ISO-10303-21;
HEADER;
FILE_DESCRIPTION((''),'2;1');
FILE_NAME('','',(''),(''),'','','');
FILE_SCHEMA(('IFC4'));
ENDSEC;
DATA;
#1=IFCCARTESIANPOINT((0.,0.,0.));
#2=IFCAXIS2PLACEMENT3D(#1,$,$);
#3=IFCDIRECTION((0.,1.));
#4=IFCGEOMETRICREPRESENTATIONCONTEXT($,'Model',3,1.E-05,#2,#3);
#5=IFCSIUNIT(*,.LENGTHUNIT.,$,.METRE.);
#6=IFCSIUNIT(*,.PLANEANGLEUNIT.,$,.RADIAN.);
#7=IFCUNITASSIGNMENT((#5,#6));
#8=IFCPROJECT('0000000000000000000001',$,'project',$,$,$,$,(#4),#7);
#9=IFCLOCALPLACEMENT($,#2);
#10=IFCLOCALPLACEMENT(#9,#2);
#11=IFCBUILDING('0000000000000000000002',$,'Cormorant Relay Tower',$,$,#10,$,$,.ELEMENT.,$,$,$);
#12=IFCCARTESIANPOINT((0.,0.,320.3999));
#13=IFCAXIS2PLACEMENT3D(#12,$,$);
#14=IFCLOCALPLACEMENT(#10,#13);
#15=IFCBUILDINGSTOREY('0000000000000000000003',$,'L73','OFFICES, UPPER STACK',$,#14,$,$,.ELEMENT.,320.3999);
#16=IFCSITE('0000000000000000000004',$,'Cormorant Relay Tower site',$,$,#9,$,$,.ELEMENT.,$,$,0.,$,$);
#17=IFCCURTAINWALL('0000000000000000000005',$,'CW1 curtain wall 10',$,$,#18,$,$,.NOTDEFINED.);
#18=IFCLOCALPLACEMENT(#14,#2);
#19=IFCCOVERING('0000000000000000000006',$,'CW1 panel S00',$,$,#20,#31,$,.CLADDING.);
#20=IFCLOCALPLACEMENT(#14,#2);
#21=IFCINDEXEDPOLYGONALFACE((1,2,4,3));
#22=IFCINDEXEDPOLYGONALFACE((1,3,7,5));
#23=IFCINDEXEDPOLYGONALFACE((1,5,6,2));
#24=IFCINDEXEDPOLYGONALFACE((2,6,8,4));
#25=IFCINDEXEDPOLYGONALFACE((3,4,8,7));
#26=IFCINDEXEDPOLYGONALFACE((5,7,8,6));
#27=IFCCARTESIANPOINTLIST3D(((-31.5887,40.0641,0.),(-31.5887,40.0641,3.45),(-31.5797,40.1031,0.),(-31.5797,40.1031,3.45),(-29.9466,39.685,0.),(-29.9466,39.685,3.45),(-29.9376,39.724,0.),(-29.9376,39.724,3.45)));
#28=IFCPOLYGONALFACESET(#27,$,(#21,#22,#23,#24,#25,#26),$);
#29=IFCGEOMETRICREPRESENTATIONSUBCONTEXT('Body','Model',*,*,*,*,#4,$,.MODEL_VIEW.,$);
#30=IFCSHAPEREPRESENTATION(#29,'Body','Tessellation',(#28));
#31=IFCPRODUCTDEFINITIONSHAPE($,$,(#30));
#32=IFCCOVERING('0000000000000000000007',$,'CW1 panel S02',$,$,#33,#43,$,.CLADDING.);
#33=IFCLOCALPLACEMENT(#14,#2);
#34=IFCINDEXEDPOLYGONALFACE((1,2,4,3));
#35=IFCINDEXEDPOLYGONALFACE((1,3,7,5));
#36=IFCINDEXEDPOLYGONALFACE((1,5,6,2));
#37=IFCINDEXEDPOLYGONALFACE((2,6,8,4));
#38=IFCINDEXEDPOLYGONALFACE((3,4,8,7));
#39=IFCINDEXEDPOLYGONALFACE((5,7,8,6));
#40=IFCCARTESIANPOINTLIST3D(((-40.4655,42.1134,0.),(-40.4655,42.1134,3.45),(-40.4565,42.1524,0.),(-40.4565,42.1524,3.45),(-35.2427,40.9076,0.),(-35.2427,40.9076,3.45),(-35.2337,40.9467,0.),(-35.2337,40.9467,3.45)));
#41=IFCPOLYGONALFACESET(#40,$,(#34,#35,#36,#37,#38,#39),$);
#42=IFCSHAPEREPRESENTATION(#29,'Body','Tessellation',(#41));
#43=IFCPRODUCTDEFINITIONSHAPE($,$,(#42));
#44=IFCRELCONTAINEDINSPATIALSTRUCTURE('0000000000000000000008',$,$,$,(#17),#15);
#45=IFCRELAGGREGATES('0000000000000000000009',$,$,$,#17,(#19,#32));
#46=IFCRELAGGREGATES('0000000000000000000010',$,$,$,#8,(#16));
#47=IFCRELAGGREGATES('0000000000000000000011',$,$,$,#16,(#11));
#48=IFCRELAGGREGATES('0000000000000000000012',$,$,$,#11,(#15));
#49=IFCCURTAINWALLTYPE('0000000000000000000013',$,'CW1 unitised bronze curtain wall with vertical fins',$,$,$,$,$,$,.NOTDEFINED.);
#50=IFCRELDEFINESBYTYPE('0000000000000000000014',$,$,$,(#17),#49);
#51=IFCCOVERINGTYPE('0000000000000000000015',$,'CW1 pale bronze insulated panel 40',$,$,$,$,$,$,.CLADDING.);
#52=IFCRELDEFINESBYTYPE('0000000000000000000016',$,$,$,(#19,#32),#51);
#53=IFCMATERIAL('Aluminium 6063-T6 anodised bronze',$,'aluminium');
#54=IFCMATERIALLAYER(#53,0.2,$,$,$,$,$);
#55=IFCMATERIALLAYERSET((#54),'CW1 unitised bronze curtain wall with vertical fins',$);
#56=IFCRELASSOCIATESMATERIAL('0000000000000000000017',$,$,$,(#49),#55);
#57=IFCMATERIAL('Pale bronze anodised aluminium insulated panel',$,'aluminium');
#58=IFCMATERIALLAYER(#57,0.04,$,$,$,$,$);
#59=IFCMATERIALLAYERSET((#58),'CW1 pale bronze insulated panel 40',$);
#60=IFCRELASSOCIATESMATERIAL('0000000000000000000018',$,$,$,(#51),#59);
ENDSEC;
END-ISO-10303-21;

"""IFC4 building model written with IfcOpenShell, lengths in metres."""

from ifc_helpers import new_model, si_unit, direction, frame, origin, origin_2d, place, context, subcontext, project, spatial, rectangle, extrude, material, layer, layer_set, type_object, element, aggregate, save


model = new_model("IFC4")

# Units and contexts
model_context = context("Model", 3, precision=1e-05, world=origin(), true_north=direction((0.0, 1.0)))
body_context = subcontext(model_context, "Body", "Model", "MODEL_VIEW")
ifc_project = project(units=[si_unit("LENGTHUNIT", "METRE"), si_unit("PLANEANGLEUNIT", "RADIAN")], contexts=[model_context])

# Site, building, storey
site_placement = place(None, origin())
site = spatial("IfcSite", under=ifc_project, at=site_placement, Name="Cormorant Relay Tower site", CompositionType="ELEMENT", RefElevation=0.0)
building_placement = place(site_placement, origin())
building = spatial("IfcBuilding", under=site, at=building_placement, Name="Cormorant Relay Tower", CompositionType="ELEMENT")
storey_placement = place(building_placement, frame((0.0, 0.0, 320.3999)))
storey = spatial("IfcBuildingStorey", under=building, at=storey_placement, Name="L73", Description="OFFICES, UPPER STACK", CompositionType="ELEMENT", Elevation=320.3999)

# Shared definitions
ifc_material_1 = material(Name="Aluminium 6063-T6 anodised bronze", Category="aluminium")
ifc_layer_1 = layer(ifc_material_1, 0.2)
ifc_layer_set_1 = layer_set([ifc_layer_1], Name="CW1 unitised bronze curtain wall with vertical fins")
curtain_wall_type = type_object("IfcCurtainWallType", Name="CW1 unitised bronze curtain wall with vertical fins", PredefinedType="NOTDEFINED", material=ifc_layer_set_1)

# Curtain wall
curtain_wall_1_placement = place(storey_placement, origin())
curtain_wall_1 = element("IfcCurtainWall", 1, at=curtain_wall_1_placement, inside=storey, type_object=curtain_wall_type, Name="CW1 curtain wall 10", PredefinedType="NOTDEFINED")

# Coverings
ifc_material_2 = material(Name="Pale bronze anodised aluminium insulated panel", Category="aluminium")
ifc_layer_2 = layer(ifc_material_2, 0.04)
ifc_layer_set_2 = layer_set([ifc_layer_2], Name="CW1 pale bronze insulated panel 40")
covering_type = type_object("IfcCoveringType", Name="CW1 pale bronze insulated panel 40", PredefinedType="CLADDING", material=ifc_layer_set_2)
covering_1_placement = place(storey_placement, frame((-30.7632, 39.894, 0.0), z_axis=(0.0, 0.0, 1.0), x_axis=(-0.97437, 0.224951, 0.0)))
covering_1 = element("IfcCovering", 2, at=covering_1_placement, type_object=covering_type, Name="CW1 panel S00", PredefinedType="CLADDING", context=body_context, shape_type="SweptSolid", body=[
    extrude(rectangle(XDim=1.6853, YDim=0.04, at=origin_2d()), origin(), (0.0, 0.0, 1.0), 3.45),
])
covering_2_placement = place(storey_placement, frame((-37.8496, 41.53, 0.0), z_axis=(0.0, 0.0, 1.0), x_axis=(-0.97437, 0.224951, 0.0)))
covering_2 = element("IfcCovering", 3, at=covering_2_placement, type_object=covering_type, Name="CW1 panel S02", PredefinedType="CLADDING", context=body_context, shape_type="SweptSolid", body=[
    extrude(rectangle(XDim=5.3601, YDim=0.04, at=origin_2d()), origin(), (0.0, 0.0, 1.0), 3.45),
])
aggregate(curtain_wall_1, [covering_1, covering_2])

save(model, "model.ifc")
